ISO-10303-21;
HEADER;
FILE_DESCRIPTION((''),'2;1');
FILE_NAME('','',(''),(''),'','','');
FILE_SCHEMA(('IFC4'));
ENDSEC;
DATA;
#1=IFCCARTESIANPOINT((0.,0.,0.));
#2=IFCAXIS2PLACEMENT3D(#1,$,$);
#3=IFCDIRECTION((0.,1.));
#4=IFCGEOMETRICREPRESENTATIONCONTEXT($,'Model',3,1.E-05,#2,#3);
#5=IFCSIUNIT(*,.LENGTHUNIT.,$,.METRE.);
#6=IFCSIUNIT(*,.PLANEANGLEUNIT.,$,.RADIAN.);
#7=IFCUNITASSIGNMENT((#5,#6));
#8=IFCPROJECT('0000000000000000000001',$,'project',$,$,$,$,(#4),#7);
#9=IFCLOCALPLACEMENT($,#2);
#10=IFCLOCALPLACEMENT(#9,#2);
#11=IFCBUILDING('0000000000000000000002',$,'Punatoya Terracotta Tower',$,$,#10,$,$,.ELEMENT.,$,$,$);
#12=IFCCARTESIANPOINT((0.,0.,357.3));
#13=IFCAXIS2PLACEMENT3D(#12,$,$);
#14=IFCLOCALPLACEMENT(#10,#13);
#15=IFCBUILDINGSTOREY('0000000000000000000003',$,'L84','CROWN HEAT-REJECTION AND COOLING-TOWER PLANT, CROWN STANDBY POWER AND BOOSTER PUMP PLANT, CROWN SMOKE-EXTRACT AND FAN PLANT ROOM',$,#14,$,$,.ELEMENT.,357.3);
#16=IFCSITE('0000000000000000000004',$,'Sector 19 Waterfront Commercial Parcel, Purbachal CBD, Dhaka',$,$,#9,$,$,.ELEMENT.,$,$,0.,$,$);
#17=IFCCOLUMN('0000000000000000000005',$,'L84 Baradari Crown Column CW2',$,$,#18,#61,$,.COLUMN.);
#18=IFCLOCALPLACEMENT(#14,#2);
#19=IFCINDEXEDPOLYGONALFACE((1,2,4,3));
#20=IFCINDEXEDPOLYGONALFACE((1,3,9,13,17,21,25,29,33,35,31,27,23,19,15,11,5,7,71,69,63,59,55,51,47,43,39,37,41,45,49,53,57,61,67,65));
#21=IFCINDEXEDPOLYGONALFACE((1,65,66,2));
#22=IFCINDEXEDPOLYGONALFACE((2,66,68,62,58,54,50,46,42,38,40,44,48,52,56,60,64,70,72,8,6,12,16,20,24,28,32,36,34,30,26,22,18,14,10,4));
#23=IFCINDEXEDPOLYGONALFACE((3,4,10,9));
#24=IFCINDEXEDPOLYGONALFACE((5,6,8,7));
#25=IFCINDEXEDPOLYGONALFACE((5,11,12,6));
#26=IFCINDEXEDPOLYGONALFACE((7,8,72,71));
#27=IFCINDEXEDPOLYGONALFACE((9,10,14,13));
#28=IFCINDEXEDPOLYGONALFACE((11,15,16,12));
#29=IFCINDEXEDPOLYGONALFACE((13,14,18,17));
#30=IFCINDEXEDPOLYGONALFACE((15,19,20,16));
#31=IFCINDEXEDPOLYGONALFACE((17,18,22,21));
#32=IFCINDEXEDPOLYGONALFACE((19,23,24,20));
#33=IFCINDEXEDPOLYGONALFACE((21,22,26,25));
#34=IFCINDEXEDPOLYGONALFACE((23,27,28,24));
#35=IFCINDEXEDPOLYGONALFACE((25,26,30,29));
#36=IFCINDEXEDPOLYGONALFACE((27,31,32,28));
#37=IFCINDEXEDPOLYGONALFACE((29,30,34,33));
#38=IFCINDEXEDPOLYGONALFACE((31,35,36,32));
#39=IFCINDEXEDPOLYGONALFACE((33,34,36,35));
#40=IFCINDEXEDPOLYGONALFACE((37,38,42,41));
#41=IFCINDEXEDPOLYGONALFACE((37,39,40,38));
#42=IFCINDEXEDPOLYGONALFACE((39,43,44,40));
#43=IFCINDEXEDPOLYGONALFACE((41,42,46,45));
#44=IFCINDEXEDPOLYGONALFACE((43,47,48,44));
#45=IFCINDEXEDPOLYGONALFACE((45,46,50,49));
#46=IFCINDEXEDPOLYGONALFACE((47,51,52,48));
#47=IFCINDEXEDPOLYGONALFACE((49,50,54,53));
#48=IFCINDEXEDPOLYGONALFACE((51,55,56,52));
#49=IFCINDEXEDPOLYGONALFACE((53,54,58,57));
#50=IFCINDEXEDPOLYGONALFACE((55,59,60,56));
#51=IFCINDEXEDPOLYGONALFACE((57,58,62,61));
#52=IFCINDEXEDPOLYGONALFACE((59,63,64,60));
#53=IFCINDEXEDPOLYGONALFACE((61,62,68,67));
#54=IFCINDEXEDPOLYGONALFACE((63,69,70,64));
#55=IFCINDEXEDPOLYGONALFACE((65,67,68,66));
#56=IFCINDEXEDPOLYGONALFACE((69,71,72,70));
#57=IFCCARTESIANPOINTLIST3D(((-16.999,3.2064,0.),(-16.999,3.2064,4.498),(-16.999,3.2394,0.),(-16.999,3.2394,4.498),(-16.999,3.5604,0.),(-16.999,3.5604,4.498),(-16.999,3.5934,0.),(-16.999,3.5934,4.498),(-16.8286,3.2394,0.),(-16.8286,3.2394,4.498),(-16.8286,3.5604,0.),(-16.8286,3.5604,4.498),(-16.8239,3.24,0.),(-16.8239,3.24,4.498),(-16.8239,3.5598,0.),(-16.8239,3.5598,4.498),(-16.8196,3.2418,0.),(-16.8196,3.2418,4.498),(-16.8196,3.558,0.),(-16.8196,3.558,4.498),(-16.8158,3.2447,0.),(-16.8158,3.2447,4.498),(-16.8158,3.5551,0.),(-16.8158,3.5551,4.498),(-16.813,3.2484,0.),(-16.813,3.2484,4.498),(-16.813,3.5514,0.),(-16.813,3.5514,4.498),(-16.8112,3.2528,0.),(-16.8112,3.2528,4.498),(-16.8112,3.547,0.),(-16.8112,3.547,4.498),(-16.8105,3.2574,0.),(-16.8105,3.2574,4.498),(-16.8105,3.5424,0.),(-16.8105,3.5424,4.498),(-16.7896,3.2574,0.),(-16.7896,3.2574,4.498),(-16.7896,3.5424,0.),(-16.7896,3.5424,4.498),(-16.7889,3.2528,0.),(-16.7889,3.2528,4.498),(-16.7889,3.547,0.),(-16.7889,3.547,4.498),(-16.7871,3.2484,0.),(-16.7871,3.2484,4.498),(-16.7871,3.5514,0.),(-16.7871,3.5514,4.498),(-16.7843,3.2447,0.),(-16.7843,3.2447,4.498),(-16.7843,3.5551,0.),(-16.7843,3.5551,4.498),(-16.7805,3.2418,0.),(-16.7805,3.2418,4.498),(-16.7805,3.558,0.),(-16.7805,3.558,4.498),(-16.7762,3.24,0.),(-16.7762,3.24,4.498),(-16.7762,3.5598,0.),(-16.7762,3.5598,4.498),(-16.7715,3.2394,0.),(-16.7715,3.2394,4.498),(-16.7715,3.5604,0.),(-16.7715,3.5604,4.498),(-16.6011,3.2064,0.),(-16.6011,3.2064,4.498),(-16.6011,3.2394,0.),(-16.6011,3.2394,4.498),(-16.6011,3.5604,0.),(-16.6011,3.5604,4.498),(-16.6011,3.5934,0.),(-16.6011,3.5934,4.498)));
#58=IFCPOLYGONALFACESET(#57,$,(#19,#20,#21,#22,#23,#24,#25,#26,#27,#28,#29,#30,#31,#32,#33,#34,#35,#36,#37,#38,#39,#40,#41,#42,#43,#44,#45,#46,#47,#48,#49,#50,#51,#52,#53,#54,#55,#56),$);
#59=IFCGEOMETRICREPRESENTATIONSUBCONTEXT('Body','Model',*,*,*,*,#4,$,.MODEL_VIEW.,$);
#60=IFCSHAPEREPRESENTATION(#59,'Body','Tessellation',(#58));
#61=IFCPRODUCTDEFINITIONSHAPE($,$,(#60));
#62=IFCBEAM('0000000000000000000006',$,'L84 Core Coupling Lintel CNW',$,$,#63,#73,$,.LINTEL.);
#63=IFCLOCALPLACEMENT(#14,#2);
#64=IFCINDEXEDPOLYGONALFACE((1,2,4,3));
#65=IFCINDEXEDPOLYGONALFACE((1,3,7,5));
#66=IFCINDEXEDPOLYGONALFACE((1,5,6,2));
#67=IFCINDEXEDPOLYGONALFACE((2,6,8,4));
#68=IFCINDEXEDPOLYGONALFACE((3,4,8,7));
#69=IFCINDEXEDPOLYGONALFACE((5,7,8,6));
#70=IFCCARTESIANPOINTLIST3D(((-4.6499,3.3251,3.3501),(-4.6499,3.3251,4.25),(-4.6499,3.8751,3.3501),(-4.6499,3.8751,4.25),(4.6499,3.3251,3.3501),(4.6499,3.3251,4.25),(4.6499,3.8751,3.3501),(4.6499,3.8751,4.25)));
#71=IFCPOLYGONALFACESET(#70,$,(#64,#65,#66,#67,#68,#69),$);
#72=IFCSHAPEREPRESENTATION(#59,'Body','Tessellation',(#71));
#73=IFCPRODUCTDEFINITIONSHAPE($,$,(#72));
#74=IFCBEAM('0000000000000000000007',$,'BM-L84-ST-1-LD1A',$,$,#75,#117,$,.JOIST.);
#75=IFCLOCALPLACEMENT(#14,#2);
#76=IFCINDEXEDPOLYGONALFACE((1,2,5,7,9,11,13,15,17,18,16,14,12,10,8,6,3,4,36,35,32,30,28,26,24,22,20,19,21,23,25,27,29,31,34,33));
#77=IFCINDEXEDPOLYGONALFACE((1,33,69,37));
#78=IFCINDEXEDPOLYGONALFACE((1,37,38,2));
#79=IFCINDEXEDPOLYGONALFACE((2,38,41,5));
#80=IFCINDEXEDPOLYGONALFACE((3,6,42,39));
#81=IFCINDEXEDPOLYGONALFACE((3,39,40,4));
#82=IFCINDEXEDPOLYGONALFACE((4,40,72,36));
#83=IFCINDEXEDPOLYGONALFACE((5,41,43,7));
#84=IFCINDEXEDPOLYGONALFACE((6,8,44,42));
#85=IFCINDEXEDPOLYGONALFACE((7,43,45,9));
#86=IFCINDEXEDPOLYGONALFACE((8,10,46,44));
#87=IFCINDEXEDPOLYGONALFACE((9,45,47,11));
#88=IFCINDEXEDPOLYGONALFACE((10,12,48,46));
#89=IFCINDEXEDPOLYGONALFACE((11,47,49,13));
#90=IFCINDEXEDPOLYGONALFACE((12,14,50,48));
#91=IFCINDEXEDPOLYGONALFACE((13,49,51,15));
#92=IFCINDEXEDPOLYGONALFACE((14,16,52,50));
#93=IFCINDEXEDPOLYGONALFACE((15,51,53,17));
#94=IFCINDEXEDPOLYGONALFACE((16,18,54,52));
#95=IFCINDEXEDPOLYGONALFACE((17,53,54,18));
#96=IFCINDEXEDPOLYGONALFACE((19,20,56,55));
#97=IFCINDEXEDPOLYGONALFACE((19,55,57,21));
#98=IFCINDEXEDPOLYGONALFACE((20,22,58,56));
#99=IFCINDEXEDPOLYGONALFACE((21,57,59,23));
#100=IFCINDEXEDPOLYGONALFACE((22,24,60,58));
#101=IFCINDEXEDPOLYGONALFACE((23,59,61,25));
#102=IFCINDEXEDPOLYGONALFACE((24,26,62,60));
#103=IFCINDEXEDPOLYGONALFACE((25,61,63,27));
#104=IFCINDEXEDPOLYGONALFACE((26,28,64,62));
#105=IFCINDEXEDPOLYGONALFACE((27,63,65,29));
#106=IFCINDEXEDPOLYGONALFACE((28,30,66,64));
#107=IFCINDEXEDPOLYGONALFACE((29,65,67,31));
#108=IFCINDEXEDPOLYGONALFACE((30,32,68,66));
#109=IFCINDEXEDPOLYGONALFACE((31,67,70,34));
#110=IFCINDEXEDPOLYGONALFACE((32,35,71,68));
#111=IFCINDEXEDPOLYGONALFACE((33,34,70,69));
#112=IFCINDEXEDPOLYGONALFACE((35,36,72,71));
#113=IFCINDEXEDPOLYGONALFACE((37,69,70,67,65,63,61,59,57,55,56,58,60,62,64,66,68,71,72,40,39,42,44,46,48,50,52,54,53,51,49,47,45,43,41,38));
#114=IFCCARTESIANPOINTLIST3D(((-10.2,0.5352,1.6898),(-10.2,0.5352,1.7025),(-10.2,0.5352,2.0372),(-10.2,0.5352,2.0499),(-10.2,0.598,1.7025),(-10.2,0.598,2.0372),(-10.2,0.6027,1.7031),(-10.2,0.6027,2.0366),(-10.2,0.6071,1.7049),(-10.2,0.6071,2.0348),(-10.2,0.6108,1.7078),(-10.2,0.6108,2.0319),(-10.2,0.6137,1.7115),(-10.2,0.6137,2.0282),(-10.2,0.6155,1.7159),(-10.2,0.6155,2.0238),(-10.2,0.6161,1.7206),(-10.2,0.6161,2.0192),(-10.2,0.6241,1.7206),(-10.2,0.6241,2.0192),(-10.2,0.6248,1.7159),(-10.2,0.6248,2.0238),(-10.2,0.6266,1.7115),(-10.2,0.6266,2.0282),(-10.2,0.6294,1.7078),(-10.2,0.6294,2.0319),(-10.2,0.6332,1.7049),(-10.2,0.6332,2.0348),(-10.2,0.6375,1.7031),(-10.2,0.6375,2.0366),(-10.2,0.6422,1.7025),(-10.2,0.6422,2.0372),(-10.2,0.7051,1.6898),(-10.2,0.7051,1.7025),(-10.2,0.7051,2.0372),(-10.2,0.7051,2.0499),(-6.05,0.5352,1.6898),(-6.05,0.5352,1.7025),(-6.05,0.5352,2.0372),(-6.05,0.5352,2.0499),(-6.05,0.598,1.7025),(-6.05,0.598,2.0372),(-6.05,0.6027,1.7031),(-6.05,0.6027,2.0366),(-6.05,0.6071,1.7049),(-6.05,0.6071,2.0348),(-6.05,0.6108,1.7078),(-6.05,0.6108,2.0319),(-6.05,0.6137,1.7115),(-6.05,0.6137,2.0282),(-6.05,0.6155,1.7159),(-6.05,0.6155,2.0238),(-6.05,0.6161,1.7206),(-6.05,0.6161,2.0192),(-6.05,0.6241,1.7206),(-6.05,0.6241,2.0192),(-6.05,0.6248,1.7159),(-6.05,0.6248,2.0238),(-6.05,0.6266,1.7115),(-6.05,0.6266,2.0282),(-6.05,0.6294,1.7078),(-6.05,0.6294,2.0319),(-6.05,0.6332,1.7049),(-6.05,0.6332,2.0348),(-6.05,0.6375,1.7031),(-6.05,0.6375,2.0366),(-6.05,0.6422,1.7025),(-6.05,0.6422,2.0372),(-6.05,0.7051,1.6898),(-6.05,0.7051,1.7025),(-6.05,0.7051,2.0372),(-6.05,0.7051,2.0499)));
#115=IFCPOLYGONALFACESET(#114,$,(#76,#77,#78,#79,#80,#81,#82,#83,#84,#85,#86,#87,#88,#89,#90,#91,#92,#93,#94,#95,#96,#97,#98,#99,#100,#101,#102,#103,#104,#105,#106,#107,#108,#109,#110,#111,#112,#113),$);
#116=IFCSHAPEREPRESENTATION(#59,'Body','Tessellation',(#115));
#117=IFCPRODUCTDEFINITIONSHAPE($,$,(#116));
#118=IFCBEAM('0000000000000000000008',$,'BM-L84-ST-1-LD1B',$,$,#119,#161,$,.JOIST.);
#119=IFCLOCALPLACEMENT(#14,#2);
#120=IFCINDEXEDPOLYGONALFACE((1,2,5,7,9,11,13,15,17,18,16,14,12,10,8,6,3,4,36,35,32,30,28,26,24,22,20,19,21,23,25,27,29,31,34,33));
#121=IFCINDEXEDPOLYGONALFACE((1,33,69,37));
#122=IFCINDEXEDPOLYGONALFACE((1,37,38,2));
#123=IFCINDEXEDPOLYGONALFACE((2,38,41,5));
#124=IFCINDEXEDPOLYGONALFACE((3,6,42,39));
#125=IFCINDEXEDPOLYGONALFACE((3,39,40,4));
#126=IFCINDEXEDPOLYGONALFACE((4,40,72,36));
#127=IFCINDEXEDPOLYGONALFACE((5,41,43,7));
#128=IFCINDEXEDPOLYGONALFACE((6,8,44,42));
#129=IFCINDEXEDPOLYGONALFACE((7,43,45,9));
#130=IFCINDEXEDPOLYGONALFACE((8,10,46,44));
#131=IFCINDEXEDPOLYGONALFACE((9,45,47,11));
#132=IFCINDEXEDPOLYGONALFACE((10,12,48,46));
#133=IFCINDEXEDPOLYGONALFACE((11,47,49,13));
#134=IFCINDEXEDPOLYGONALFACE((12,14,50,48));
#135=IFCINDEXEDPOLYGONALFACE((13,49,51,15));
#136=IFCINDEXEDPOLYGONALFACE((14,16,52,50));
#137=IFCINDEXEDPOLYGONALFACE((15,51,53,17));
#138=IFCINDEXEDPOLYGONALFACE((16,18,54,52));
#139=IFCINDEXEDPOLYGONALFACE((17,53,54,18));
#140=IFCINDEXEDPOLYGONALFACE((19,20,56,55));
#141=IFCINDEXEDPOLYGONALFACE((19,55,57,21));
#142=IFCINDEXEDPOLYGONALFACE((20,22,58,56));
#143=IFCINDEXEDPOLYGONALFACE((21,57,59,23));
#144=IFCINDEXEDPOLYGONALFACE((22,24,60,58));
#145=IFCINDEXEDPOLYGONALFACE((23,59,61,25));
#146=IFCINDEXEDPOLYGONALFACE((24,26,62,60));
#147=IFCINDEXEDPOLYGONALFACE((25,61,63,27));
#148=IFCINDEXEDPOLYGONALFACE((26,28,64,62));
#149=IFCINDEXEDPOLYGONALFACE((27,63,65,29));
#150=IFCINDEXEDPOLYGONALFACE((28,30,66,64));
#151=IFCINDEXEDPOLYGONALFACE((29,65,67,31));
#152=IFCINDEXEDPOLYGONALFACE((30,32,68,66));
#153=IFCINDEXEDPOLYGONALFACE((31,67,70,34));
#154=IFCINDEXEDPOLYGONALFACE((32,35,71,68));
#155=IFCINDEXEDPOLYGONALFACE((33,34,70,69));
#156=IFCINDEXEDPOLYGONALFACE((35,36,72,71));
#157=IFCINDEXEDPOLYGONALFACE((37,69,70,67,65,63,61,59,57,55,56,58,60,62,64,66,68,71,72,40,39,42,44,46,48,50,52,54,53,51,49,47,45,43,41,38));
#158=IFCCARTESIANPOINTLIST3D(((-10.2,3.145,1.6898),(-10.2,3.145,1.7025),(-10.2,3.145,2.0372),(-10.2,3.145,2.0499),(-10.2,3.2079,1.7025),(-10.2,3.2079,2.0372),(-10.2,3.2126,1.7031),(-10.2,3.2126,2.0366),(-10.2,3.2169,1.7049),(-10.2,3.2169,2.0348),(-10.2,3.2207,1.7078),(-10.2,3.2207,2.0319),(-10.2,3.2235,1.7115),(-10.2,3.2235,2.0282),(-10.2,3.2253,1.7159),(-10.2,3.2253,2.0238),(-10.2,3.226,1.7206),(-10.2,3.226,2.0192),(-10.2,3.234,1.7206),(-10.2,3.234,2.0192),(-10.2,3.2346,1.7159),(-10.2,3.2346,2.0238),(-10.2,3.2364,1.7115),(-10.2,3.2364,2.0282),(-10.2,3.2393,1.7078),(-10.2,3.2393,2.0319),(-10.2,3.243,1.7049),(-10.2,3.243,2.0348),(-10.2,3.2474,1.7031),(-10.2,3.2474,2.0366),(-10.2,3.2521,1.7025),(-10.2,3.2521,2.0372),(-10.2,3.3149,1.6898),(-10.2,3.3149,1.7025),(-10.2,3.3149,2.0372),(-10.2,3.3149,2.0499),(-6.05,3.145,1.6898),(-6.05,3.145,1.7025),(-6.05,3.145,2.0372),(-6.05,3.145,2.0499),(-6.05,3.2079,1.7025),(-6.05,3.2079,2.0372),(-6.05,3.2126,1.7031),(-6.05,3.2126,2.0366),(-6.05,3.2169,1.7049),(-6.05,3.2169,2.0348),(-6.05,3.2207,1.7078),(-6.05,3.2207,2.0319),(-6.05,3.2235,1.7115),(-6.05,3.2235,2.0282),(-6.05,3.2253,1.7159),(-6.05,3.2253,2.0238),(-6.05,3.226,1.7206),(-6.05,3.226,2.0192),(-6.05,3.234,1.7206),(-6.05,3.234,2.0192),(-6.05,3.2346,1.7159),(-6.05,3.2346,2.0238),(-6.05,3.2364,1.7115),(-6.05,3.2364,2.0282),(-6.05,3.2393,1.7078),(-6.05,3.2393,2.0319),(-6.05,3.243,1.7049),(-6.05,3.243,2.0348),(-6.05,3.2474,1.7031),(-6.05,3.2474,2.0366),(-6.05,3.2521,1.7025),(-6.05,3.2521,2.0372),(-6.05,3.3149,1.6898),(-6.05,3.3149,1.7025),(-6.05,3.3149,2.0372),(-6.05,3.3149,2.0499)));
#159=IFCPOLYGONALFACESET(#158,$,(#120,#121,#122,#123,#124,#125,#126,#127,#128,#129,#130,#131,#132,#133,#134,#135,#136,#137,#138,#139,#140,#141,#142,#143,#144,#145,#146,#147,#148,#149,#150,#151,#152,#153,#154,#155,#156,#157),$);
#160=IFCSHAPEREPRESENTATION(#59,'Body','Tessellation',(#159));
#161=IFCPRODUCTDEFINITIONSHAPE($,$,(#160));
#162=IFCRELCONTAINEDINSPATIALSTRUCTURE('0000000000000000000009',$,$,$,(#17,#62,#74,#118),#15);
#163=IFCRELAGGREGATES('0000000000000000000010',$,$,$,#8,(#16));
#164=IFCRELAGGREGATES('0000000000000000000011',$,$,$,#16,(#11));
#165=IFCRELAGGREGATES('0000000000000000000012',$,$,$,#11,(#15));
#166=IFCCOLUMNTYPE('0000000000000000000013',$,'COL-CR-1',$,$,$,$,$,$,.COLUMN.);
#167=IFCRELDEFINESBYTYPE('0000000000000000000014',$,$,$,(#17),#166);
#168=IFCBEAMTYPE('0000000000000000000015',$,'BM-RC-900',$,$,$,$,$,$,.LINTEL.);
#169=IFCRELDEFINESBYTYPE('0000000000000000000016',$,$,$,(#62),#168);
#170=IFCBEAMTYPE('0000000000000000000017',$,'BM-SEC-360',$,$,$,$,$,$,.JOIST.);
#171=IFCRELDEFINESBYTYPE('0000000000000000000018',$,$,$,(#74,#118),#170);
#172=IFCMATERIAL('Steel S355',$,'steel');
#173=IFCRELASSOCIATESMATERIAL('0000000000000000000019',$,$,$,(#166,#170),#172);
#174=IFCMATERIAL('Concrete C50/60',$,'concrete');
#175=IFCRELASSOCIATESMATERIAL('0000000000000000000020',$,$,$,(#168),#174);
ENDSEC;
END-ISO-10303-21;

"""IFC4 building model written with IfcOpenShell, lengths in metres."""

from ifc_helpers import new_model, si_unit, direction, frame, origin, origin_2d, place, context, subcontext, project, spatial, rectangle, i_section, extrude, material, material_profile, profile_set, type_object, element, save


model = new_model("IFC4")

# Units and contexts
model_context = context("Model", 3, precision=1e-05, world=origin(), true_north=direction((0.0, 1.0)))
body_context = subcontext(model_context, "Body", "Model", "MODEL_VIEW")
ifc_project = project(units=[si_unit("LENGTHUNIT", "METRE"), si_unit("PLANEANGLEUNIT", "RADIAN")], contexts=[model_context])

# Site, building, storey
site_placement = place(None, origin())
site = spatial("IfcSite", under=ifc_project, at=site_placement, Name="Sector 19 Waterfront Commercial Parcel, Purbachal CBD, Dhaka", CompositionType="ELEMENT", RefElevation=0.0)
building_placement = place(site_placement, origin())
building = spatial("IfcBuilding", under=site, at=building_placement, Name="Punatoya Terracotta Tower", CompositionType="ELEMENT")
storey_placement = place(building_placement, frame((0.0, 0.0, 357.3)))
storey = spatial("IfcBuildingStorey", under=building, at=storey_placement, Name="L84", Description="CROWN HEAT-REJECTION AND COOLING-TOWER PLANT, CROWN STANDBY POWER AND BOOSTER PUMP PLANT, CROWN SMOKE-EXTRACT AND FAN PLANT ROOM", CompositionType="ELEMENT", Elevation=357.3)

# Column
ifc_material_1 = material(Name="Steel S355", Category="steel")
ifc_material_profile_1 = material_profile(ifc_material_1, i_section(OverallWidth=0.3979, OverallDepth=0.387, WebThickness=0.021, FlangeThickness=0.033, FilletRadius=0.0181, at=origin_2d()))
ifc_profile_set_1 = profile_set([ifc_material_profile_1], Name="Steel S355")
column_type = type_object("IfcColumnType", Name="COL-CR-1", PredefinedType="COLUMN", material=ifc_profile_set_1)
column_placement = place(storey_placement, frame((-16.8, 3.3999, 0.0), z_axis=(0.0, 0.0, 1.0), x_axis=(1.0, 0.0, 0.0)))
element("IfcColumn", 1, at=column_placement, inside=storey, type_object=column_type, Name="L84 Baradari Crown Column CW2", PredefinedType="COLUMN", context=body_context, shape_type="SweptSolid", body=[
    extrude(i_section(OverallWidth=0.3979, OverallDepth=0.387, WebThickness=0.021, FlangeThickness=0.033, FilletRadius=0.0181, at=origin_2d()), origin(), (0.0, 0.0, 1.0), 4.498),
])

# Beams
ifc_material_2 = material(Name="Concrete C50/60", Category="concrete")
ifc_material_profile_2 = material_profile(ifc_material_2, rectangle(XDim=0.55, YDim=0.8999, at=origin_2d()))
ifc_profile_set_2 = profile_set([ifc_material_profile_2], Name="Concrete C50/60")
beam_type_1 = type_object("IfcBeamType", Name="BM-RC-900", PredefinedType="LINTEL", material=ifc_profile_set_2)
beam_1_placement = place(storey_placement, frame((-4.6499, 3.6001, 3.8), z_axis=(1.0, 0.0, 0.0), x_axis=(0.0, 1.0, 0.0)))
element("IfcBeam", 2, at=beam_1_placement, inside=storey, type_object=beam_type_1, Name="L84 Core Coupling Lintel CNW", PredefinedType="LINTEL", context=body_context, shape_type="SweptSolid", body=[
    extrude(rectangle(XDim=0.55, YDim=0.8999, at=origin_2d()), origin(), (0.0, 0.0, 1.0), 9.2998),
])
ifc_material_profile_3 = material_profile(ifc_material_1, i_section(OverallWidth=0.1699, OverallDepth=0.3601, WebThickness=0.0081, FlangeThickness=0.0127, FilletRadius=0.0181, at=origin_2d()))
ifc_profile_set_3 = profile_set([ifc_material_profile_3], Name="Steel S355")
beam_type_2 = type_object("IfcBeamType", Name="BM-SEC-360", PredefinedType="JOIST", material=ifc_profile_set_3)
for number, where, z_axis, x_axis, name in (
    (3, (-10.2, 0.6201, 1.8699), (1.0, 0.0, 0.0), (0.0, 1.0, 0.0), "BM-L84-ST-1-LD1A"),
    (4, (-10.2, 3.23, 1.8699), (1.0, 0.0, 0.0), (0.0, 1.0, 0.0), "BM-L84-ST-1-LD1B"),
):
    element("IfcBeam", number, at=place(storey_placement, frame(where, z_axis=z_axis, x_axis=x_axis)), inside=storey, type_object=beam_type_2, Name=name, PredefinedType="JOIST", context=body_context, shape_type="SweptSolid", body=[
        extrude(i_section(OverallWidth=0.1699, OverallDepth=0.3601, WebThickness=0.0081, FlangeThickness=0.0127, FilletRadius=0.0181, at=origin_2d()), origin(), (0.0, 0.0, 1.0), 4.1499),
    ])

save(model, "model.ifc")
